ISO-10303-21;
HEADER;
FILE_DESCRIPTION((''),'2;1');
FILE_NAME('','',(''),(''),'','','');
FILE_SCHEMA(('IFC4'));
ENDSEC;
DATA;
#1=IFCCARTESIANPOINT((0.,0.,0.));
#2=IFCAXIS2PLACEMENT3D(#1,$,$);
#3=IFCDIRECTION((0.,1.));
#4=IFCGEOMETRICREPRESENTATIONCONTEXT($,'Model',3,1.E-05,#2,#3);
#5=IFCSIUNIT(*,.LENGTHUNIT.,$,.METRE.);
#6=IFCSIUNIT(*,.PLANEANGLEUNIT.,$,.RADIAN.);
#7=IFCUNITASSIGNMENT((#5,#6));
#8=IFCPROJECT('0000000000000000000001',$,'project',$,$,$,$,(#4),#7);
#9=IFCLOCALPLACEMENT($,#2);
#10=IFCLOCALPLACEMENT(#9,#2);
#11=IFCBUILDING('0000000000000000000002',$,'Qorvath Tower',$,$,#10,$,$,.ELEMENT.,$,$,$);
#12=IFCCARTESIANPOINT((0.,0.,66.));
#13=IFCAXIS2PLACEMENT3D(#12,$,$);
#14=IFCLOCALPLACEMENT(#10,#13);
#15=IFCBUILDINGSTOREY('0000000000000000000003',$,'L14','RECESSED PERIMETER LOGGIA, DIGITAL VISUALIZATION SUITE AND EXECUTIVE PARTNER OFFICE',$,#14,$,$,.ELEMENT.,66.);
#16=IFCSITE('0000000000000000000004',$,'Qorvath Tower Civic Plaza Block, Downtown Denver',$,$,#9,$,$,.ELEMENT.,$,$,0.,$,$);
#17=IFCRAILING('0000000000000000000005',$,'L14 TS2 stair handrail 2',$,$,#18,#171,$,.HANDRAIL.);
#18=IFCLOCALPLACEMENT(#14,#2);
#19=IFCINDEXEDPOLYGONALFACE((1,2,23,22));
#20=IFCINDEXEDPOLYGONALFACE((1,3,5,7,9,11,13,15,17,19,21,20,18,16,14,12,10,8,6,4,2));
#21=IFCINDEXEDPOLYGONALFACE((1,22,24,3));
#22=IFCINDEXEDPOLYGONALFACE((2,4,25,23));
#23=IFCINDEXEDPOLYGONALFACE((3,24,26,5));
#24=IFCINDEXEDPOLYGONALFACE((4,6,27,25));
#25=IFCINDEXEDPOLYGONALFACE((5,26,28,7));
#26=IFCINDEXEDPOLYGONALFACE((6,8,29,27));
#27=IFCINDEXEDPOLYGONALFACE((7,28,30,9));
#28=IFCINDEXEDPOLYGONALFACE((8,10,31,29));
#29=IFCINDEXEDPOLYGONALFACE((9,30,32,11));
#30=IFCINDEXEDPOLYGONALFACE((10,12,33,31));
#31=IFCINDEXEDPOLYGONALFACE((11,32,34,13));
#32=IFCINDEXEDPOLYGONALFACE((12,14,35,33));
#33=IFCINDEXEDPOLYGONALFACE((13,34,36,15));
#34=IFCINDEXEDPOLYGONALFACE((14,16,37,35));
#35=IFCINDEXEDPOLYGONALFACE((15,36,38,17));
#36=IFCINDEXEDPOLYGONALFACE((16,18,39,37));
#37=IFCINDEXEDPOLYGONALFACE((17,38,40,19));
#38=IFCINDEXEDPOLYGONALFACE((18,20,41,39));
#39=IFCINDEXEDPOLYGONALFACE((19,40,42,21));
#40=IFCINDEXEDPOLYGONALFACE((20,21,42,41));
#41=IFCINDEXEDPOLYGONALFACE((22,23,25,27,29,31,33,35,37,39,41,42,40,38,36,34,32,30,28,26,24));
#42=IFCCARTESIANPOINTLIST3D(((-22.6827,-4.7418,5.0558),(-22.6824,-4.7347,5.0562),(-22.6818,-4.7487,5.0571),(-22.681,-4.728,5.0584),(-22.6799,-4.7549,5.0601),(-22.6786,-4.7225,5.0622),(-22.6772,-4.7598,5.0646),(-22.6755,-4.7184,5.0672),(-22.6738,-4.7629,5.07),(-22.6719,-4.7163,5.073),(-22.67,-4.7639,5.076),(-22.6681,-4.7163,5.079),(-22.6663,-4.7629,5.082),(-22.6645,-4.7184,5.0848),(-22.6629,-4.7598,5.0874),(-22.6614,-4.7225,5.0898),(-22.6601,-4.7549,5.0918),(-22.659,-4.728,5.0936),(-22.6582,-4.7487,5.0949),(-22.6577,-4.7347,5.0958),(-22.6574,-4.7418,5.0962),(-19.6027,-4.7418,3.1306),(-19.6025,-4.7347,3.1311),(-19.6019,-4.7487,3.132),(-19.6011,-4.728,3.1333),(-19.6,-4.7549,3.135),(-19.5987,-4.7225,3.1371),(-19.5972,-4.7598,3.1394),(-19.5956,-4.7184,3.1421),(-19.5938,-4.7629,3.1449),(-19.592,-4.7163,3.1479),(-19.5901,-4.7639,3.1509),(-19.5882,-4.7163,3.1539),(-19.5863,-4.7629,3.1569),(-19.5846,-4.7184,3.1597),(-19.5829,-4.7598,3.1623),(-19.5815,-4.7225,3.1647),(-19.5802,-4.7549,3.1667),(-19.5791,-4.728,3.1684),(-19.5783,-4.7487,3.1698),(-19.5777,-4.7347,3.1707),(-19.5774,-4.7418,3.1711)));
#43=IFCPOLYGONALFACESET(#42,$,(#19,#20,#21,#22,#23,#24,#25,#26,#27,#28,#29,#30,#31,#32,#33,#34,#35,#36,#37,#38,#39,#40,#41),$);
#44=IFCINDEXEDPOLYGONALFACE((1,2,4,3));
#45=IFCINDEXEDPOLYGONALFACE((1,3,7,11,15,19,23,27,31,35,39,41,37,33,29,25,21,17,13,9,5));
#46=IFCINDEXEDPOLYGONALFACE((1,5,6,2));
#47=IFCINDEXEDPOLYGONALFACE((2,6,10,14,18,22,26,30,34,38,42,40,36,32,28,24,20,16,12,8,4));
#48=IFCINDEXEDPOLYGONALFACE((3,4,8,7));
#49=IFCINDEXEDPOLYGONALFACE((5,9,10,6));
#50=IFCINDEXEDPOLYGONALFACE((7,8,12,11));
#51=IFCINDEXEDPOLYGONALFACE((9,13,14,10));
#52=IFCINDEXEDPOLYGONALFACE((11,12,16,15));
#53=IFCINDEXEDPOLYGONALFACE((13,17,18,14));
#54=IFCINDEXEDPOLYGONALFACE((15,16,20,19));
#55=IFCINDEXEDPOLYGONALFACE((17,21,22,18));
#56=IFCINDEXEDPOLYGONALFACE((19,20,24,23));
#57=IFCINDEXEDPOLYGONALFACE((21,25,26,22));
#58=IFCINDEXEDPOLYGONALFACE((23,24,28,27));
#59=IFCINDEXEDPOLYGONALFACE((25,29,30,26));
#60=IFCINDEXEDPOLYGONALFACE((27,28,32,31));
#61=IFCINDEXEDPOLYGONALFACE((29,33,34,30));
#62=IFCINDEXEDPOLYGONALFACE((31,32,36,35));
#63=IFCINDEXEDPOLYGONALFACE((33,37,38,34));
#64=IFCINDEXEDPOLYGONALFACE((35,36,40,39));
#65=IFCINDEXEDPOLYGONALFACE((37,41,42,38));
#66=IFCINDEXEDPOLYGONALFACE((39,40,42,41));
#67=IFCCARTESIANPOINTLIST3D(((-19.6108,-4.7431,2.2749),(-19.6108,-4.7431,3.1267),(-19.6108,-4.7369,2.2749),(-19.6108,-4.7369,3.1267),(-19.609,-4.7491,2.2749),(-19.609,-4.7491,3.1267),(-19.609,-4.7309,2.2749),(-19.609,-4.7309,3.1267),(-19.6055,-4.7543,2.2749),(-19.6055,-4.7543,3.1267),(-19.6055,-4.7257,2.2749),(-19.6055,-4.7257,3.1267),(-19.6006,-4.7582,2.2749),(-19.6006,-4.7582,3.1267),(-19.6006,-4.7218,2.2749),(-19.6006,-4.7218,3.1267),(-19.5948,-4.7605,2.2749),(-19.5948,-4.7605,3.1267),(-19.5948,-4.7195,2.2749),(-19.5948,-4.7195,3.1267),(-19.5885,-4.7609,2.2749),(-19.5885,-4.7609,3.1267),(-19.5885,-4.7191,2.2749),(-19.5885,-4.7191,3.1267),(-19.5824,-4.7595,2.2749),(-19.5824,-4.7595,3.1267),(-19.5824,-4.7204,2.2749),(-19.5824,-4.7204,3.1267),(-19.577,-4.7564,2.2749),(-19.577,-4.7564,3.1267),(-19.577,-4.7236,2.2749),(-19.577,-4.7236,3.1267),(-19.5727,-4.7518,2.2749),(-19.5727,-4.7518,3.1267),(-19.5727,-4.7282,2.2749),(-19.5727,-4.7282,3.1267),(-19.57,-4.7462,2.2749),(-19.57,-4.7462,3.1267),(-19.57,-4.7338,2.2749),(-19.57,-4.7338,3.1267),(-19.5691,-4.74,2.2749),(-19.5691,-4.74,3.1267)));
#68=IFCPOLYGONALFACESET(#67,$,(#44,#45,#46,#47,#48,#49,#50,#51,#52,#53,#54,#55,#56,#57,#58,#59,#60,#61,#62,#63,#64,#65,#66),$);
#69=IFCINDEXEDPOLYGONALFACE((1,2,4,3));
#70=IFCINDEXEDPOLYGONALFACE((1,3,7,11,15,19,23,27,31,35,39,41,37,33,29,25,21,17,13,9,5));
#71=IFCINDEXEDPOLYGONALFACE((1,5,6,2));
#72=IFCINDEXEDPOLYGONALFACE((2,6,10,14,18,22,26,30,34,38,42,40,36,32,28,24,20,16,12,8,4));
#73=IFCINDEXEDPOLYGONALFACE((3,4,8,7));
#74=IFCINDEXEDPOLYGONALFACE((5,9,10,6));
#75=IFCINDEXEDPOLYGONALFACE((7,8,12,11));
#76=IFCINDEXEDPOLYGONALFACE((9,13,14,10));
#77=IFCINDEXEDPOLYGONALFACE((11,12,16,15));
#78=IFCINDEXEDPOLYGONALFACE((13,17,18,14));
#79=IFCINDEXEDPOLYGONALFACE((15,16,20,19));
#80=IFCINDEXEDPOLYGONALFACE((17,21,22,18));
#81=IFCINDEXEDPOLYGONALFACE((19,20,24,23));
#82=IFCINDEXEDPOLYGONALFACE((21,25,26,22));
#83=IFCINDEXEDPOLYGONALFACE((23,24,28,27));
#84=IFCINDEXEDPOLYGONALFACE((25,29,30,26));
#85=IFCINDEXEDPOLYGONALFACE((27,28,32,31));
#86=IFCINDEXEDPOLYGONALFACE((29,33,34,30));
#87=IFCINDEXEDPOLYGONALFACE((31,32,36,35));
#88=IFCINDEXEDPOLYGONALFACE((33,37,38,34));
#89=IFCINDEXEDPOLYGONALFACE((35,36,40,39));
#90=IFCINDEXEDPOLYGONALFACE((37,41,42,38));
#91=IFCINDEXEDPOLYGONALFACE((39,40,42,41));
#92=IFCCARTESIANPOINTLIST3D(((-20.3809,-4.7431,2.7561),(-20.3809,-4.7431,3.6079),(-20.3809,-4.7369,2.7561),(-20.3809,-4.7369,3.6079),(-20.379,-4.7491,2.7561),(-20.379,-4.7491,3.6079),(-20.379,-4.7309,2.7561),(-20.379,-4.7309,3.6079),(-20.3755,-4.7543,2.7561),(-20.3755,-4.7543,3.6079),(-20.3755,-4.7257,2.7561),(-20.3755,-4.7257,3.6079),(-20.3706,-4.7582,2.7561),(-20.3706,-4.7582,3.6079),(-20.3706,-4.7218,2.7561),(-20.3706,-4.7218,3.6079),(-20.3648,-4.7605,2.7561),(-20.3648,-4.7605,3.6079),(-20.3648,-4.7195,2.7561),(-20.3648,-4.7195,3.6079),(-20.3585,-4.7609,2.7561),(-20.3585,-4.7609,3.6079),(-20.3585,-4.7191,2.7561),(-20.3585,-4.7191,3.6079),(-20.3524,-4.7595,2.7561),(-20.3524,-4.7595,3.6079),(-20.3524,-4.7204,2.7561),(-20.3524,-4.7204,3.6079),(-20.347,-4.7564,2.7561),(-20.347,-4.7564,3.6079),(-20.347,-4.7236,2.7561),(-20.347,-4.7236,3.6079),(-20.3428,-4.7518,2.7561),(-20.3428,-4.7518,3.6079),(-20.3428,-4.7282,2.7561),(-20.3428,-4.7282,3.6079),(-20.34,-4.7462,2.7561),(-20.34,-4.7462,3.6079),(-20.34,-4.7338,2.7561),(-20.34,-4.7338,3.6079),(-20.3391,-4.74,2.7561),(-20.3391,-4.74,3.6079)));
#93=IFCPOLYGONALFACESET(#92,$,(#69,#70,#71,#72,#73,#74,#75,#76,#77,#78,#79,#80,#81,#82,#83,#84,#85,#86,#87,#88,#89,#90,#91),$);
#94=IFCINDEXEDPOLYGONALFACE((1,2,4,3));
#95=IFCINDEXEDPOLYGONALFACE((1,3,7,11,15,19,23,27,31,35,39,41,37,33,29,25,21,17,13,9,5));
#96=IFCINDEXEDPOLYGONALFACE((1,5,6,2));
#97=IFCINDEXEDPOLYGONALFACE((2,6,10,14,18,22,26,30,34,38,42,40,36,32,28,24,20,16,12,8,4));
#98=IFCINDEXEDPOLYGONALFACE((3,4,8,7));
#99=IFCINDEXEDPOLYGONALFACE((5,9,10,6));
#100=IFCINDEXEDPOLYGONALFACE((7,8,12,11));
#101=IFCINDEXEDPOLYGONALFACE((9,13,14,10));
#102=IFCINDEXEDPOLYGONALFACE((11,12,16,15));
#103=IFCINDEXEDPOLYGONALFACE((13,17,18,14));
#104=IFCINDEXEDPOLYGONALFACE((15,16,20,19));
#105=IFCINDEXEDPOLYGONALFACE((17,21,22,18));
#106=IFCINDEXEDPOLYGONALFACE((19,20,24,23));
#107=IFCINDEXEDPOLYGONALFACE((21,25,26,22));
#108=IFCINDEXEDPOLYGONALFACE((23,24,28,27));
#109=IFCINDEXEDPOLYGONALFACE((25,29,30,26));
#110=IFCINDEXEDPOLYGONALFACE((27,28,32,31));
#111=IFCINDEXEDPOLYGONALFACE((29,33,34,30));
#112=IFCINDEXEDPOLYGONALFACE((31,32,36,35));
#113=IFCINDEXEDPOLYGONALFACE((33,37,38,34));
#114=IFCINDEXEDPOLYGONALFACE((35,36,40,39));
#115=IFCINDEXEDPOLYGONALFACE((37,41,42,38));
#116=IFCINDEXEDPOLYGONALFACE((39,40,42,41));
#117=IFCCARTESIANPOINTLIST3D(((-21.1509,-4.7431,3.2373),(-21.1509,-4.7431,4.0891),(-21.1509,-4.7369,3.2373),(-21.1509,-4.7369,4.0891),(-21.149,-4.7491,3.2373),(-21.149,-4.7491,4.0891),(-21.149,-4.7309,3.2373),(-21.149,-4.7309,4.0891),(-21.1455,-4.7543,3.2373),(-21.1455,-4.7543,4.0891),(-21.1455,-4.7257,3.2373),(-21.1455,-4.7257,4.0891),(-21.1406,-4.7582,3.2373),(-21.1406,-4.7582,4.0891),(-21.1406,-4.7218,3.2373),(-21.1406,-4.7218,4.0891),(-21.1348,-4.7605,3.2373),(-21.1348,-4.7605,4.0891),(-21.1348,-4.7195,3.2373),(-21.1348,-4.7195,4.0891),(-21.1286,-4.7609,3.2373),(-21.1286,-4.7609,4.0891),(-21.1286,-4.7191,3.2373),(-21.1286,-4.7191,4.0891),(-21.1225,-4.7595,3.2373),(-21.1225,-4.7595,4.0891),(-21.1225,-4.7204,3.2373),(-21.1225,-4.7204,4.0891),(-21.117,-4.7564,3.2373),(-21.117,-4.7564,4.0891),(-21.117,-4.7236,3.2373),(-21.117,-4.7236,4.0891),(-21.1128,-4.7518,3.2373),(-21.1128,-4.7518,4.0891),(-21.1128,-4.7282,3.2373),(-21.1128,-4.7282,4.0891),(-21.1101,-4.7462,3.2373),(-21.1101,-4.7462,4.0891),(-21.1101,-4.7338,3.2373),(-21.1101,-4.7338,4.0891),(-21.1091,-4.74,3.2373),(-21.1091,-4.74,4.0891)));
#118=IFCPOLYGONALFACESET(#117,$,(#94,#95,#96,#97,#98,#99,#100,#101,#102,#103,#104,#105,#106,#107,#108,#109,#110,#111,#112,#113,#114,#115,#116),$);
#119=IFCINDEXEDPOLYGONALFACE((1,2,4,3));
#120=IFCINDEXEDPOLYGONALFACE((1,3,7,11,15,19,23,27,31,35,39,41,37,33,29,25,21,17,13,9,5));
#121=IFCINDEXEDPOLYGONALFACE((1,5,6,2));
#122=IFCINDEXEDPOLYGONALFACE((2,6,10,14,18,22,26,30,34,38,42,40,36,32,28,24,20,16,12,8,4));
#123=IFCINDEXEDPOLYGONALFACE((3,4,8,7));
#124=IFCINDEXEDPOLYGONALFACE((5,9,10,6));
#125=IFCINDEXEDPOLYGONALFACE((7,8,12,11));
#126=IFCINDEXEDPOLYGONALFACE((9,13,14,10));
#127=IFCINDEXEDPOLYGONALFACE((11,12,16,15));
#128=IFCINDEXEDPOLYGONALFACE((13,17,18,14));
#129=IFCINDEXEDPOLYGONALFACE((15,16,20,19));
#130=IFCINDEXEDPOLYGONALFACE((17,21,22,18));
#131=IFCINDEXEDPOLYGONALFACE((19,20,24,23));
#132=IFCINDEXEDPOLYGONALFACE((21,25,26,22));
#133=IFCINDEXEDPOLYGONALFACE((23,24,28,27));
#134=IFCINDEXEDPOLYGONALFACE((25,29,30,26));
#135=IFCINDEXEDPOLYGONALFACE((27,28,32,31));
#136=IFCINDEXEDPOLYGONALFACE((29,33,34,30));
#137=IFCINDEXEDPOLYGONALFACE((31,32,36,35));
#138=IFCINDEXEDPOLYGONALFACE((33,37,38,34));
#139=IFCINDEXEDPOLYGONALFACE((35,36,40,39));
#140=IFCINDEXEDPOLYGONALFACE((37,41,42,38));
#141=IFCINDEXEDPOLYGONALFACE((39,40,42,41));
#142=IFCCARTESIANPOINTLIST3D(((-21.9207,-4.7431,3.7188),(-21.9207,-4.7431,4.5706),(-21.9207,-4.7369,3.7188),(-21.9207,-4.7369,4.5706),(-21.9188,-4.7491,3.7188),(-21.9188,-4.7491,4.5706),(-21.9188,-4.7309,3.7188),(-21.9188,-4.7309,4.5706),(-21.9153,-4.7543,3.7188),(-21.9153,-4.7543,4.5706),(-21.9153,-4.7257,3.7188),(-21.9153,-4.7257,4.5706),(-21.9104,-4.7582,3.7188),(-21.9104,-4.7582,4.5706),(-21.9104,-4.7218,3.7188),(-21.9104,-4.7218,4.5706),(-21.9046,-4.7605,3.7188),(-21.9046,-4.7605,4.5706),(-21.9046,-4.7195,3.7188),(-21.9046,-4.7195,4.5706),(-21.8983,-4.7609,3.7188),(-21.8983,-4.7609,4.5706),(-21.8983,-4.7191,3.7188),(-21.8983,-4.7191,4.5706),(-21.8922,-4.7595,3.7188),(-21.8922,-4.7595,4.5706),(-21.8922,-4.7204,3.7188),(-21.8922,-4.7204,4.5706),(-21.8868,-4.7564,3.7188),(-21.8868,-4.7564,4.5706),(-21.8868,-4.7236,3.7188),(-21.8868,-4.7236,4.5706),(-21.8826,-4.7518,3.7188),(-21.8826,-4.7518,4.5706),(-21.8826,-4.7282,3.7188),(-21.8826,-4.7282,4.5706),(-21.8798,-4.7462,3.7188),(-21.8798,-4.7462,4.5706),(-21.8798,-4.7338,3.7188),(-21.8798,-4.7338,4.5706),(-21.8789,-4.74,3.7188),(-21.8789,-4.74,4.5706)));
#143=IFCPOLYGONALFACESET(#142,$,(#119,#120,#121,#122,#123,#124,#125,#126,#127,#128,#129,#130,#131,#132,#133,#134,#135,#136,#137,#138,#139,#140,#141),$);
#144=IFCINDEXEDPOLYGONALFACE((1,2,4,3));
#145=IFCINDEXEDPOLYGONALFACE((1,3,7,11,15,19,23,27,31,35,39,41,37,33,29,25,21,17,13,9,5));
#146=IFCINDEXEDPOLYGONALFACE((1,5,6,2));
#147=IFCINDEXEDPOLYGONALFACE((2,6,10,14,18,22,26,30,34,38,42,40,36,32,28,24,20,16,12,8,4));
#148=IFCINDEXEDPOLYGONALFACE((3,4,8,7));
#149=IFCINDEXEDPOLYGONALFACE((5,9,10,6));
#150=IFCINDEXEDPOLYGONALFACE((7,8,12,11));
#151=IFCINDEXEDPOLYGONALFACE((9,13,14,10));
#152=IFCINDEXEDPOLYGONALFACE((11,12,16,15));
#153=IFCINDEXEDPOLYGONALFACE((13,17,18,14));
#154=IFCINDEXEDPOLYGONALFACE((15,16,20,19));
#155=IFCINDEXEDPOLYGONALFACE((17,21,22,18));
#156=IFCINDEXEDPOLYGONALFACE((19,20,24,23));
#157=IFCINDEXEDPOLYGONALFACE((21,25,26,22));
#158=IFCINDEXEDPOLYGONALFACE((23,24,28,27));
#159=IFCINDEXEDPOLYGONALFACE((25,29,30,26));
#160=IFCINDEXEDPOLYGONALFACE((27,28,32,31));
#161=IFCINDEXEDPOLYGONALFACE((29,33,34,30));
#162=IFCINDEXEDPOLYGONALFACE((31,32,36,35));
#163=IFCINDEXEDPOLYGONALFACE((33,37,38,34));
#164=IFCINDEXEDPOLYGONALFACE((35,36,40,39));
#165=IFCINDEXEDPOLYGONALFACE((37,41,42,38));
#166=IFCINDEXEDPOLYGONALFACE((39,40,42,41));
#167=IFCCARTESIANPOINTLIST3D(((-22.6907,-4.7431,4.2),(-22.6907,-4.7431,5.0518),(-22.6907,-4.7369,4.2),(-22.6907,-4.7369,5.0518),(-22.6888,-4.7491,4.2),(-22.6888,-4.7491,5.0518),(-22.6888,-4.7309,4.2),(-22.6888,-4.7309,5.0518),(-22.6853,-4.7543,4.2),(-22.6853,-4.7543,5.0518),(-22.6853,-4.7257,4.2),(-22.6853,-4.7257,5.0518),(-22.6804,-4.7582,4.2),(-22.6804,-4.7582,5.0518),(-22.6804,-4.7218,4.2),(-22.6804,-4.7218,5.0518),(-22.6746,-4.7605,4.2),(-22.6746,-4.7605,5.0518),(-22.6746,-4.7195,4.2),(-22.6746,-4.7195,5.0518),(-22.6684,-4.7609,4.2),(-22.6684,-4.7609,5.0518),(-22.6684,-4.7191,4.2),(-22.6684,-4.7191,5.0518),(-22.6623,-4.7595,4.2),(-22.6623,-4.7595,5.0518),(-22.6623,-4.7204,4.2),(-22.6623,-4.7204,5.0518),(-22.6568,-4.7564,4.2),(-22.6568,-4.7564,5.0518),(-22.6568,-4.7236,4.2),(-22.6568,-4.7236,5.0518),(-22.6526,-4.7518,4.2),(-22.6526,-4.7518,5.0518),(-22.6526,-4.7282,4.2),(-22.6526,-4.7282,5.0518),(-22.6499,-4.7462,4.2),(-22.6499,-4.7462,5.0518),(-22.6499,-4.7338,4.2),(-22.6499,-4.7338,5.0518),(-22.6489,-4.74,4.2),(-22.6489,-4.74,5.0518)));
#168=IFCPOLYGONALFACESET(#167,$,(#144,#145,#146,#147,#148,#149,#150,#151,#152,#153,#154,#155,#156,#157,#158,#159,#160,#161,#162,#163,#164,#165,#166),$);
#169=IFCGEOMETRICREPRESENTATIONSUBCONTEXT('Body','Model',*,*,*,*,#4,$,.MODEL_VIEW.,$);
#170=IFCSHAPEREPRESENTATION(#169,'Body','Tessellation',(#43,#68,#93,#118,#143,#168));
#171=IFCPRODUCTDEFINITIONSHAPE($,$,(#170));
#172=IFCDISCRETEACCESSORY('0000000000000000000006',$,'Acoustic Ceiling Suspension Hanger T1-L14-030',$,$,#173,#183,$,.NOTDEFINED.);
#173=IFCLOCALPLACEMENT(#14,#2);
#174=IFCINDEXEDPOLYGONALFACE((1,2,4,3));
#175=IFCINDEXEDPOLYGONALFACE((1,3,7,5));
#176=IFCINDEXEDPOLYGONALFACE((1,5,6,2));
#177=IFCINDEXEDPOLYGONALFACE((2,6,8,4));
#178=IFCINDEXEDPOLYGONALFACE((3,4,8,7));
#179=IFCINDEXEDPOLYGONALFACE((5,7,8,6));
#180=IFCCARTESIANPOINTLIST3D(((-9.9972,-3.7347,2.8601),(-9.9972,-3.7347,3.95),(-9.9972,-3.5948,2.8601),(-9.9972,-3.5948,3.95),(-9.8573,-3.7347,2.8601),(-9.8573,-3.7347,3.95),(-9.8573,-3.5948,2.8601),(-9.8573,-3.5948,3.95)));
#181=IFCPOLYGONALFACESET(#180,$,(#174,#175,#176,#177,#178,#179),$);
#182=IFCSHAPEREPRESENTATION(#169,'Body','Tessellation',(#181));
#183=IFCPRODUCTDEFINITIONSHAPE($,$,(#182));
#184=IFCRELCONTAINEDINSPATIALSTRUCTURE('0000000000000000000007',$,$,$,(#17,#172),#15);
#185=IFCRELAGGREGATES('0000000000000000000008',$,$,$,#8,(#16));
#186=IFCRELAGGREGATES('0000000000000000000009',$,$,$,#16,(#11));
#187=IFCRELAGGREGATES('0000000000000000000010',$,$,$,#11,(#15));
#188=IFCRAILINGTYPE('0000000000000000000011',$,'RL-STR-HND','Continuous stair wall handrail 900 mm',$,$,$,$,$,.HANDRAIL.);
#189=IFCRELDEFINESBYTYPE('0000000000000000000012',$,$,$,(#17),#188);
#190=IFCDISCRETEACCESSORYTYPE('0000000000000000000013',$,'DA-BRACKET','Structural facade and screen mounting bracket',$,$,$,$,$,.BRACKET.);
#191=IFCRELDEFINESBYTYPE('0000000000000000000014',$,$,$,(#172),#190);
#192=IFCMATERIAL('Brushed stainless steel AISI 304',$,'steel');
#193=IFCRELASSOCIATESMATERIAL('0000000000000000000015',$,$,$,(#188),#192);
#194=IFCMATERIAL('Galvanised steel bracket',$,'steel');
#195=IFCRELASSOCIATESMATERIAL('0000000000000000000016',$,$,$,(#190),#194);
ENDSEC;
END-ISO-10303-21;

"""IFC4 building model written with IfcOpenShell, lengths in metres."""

from ifc_helpers import new_model, si_unit, direction, frame, origin, origin_2d, place, context, subcontext, project, spatial, rectangle, circle, extrude, material, type_object, element, save


model = new_model("IFC4")

# Units and contexts
model_context = context("Model", 3, precision=1e-05, world=origin(), true_north=direction((0.0, 1.0)))
body_context = subcontext(model_context, "Body", "Model", "MODEL_VIEW")
ifc_project = project(units=[si_unit("LENGTHUNIT", "METRE"), si_unit("PLANEANGLEUNIT", "RADIAN")], contexts=[model_context])

# Site, building, storey
site_placement = place(None, origin())
site = spatial("IfcSite", under=ifc_project, at=site_placement, Name="Qorvath Tower Civic Plaza Block, Downtown Denver", CompositionType="ELEMENT", RefElevation=0.0)
building_placement = place(site_placement, origin())
building = spatial("IfcBuilding", under=site, at=building_placement, Name="Qorvath Tower", CompositionType="ELEMENT")
storey_placement = place(building_placement, frame((0.0, 0.0, 66.0)))
storey = spatial("IfcBuildingStorey", under=building, at=storey_placement, Name="L14", Description="RECESSED PERIMETER LOGGIA, DIGITAL VISUALIZATION SUITE AND EXECUTIVE PARTNER OFFICE", CompositionType="ELEMENT", Elevation=66.0)

# Railing
ifc_material_1 = material(Name="Brushed stainless steel AISI 304", Category="steel")
railing_type = type_object("IfcRailingType", Name="RL-STR-HND", Description="Continuous stair wall handrail 900 mm", PredefinedType="HANDRAIL", material=ifc_material_1)
railing_placement = place(storey_placement, frame((-19.5901, -4.74, 2.2749)))
element("IfcRailing", 1, at=railing_placement, inside=storey, type_object=railing_type, Name="L14 TS2 stair handrail 2", PredefinedType="HANDRAIL", context=body_context, shape_type="SweptSolid", body=[
    extrude(circle(Radius=0.0239, at=origin_2d()), frame((0.0, 0.0, 0.876), z_axis=(-0.847979, 0.0, 0.530029), x_axis=(0.0, -1.0, 0.0)), (0.0, 0.0, 1.0), 3.6321),
    extrude(circle(Radius=0.021, at=origin_2d()), origin(), (0.0, 0.0, 1.0), 0.8518),
    extrude(circle(Radius=0.021, at=origin_2d()), frame((-0.77, 0.0, 0.4812)), (0.0, 0.0, 1.0), 0.8518),
    extrude(circle(Radius=0.021, at=origin_2d()), frame((-1.54, 0.0, 0.9624)), (0.0, 0.0, 1.0), 0.8518),
    extrude(circle(Radius=0.021, at=origin_2d()), frame((-2.3098, 0.0, 1.4438)), (0.0, 0.0, 1.0), 0.8518),
    extrude(circle(Radius=0.021, at=origin_2d()), frame((-3.0798, 0.0, 1.925)), (0.0, 0.0, 1.0), 0.8518),
])

# Discrete accessory
ifc_material_2 = material(Name="Galvanised steel bracket", Category="steel")
discrete_accessory_type = type_object("IfcDiscreteAccessoryType", Name="DA-BRACKET", Description="Structural facade and screen mounting bracket", PredefinedType="BRACKET", material=ifc_material_2)
discrete_accessory_placement = place(storey_placement, frame((-9.9272, -3.6648, 2.8601), z_axis=(0.0, 0.0, 1.0), x_axis=(1.0, 0.0, 0.0)))
element("IfcDiscreteAccessory", 2, at=discrete_accessory_placement, inside=storey, type_object=discrete_accessory_type, Name="Acoustic Ceiling Suspension Hanger T1-L14-030", PredefinedType="NOTDEFINED", context=body_context, shape_type="SweptSolid", body=[
    extrude(rectangle(XDim=0.1399, YDim=0.1399, at=origin_2d()), origin(), (0.0, 0.0, 1.0), 1.0898),
])

save(model, "model.ifc")
